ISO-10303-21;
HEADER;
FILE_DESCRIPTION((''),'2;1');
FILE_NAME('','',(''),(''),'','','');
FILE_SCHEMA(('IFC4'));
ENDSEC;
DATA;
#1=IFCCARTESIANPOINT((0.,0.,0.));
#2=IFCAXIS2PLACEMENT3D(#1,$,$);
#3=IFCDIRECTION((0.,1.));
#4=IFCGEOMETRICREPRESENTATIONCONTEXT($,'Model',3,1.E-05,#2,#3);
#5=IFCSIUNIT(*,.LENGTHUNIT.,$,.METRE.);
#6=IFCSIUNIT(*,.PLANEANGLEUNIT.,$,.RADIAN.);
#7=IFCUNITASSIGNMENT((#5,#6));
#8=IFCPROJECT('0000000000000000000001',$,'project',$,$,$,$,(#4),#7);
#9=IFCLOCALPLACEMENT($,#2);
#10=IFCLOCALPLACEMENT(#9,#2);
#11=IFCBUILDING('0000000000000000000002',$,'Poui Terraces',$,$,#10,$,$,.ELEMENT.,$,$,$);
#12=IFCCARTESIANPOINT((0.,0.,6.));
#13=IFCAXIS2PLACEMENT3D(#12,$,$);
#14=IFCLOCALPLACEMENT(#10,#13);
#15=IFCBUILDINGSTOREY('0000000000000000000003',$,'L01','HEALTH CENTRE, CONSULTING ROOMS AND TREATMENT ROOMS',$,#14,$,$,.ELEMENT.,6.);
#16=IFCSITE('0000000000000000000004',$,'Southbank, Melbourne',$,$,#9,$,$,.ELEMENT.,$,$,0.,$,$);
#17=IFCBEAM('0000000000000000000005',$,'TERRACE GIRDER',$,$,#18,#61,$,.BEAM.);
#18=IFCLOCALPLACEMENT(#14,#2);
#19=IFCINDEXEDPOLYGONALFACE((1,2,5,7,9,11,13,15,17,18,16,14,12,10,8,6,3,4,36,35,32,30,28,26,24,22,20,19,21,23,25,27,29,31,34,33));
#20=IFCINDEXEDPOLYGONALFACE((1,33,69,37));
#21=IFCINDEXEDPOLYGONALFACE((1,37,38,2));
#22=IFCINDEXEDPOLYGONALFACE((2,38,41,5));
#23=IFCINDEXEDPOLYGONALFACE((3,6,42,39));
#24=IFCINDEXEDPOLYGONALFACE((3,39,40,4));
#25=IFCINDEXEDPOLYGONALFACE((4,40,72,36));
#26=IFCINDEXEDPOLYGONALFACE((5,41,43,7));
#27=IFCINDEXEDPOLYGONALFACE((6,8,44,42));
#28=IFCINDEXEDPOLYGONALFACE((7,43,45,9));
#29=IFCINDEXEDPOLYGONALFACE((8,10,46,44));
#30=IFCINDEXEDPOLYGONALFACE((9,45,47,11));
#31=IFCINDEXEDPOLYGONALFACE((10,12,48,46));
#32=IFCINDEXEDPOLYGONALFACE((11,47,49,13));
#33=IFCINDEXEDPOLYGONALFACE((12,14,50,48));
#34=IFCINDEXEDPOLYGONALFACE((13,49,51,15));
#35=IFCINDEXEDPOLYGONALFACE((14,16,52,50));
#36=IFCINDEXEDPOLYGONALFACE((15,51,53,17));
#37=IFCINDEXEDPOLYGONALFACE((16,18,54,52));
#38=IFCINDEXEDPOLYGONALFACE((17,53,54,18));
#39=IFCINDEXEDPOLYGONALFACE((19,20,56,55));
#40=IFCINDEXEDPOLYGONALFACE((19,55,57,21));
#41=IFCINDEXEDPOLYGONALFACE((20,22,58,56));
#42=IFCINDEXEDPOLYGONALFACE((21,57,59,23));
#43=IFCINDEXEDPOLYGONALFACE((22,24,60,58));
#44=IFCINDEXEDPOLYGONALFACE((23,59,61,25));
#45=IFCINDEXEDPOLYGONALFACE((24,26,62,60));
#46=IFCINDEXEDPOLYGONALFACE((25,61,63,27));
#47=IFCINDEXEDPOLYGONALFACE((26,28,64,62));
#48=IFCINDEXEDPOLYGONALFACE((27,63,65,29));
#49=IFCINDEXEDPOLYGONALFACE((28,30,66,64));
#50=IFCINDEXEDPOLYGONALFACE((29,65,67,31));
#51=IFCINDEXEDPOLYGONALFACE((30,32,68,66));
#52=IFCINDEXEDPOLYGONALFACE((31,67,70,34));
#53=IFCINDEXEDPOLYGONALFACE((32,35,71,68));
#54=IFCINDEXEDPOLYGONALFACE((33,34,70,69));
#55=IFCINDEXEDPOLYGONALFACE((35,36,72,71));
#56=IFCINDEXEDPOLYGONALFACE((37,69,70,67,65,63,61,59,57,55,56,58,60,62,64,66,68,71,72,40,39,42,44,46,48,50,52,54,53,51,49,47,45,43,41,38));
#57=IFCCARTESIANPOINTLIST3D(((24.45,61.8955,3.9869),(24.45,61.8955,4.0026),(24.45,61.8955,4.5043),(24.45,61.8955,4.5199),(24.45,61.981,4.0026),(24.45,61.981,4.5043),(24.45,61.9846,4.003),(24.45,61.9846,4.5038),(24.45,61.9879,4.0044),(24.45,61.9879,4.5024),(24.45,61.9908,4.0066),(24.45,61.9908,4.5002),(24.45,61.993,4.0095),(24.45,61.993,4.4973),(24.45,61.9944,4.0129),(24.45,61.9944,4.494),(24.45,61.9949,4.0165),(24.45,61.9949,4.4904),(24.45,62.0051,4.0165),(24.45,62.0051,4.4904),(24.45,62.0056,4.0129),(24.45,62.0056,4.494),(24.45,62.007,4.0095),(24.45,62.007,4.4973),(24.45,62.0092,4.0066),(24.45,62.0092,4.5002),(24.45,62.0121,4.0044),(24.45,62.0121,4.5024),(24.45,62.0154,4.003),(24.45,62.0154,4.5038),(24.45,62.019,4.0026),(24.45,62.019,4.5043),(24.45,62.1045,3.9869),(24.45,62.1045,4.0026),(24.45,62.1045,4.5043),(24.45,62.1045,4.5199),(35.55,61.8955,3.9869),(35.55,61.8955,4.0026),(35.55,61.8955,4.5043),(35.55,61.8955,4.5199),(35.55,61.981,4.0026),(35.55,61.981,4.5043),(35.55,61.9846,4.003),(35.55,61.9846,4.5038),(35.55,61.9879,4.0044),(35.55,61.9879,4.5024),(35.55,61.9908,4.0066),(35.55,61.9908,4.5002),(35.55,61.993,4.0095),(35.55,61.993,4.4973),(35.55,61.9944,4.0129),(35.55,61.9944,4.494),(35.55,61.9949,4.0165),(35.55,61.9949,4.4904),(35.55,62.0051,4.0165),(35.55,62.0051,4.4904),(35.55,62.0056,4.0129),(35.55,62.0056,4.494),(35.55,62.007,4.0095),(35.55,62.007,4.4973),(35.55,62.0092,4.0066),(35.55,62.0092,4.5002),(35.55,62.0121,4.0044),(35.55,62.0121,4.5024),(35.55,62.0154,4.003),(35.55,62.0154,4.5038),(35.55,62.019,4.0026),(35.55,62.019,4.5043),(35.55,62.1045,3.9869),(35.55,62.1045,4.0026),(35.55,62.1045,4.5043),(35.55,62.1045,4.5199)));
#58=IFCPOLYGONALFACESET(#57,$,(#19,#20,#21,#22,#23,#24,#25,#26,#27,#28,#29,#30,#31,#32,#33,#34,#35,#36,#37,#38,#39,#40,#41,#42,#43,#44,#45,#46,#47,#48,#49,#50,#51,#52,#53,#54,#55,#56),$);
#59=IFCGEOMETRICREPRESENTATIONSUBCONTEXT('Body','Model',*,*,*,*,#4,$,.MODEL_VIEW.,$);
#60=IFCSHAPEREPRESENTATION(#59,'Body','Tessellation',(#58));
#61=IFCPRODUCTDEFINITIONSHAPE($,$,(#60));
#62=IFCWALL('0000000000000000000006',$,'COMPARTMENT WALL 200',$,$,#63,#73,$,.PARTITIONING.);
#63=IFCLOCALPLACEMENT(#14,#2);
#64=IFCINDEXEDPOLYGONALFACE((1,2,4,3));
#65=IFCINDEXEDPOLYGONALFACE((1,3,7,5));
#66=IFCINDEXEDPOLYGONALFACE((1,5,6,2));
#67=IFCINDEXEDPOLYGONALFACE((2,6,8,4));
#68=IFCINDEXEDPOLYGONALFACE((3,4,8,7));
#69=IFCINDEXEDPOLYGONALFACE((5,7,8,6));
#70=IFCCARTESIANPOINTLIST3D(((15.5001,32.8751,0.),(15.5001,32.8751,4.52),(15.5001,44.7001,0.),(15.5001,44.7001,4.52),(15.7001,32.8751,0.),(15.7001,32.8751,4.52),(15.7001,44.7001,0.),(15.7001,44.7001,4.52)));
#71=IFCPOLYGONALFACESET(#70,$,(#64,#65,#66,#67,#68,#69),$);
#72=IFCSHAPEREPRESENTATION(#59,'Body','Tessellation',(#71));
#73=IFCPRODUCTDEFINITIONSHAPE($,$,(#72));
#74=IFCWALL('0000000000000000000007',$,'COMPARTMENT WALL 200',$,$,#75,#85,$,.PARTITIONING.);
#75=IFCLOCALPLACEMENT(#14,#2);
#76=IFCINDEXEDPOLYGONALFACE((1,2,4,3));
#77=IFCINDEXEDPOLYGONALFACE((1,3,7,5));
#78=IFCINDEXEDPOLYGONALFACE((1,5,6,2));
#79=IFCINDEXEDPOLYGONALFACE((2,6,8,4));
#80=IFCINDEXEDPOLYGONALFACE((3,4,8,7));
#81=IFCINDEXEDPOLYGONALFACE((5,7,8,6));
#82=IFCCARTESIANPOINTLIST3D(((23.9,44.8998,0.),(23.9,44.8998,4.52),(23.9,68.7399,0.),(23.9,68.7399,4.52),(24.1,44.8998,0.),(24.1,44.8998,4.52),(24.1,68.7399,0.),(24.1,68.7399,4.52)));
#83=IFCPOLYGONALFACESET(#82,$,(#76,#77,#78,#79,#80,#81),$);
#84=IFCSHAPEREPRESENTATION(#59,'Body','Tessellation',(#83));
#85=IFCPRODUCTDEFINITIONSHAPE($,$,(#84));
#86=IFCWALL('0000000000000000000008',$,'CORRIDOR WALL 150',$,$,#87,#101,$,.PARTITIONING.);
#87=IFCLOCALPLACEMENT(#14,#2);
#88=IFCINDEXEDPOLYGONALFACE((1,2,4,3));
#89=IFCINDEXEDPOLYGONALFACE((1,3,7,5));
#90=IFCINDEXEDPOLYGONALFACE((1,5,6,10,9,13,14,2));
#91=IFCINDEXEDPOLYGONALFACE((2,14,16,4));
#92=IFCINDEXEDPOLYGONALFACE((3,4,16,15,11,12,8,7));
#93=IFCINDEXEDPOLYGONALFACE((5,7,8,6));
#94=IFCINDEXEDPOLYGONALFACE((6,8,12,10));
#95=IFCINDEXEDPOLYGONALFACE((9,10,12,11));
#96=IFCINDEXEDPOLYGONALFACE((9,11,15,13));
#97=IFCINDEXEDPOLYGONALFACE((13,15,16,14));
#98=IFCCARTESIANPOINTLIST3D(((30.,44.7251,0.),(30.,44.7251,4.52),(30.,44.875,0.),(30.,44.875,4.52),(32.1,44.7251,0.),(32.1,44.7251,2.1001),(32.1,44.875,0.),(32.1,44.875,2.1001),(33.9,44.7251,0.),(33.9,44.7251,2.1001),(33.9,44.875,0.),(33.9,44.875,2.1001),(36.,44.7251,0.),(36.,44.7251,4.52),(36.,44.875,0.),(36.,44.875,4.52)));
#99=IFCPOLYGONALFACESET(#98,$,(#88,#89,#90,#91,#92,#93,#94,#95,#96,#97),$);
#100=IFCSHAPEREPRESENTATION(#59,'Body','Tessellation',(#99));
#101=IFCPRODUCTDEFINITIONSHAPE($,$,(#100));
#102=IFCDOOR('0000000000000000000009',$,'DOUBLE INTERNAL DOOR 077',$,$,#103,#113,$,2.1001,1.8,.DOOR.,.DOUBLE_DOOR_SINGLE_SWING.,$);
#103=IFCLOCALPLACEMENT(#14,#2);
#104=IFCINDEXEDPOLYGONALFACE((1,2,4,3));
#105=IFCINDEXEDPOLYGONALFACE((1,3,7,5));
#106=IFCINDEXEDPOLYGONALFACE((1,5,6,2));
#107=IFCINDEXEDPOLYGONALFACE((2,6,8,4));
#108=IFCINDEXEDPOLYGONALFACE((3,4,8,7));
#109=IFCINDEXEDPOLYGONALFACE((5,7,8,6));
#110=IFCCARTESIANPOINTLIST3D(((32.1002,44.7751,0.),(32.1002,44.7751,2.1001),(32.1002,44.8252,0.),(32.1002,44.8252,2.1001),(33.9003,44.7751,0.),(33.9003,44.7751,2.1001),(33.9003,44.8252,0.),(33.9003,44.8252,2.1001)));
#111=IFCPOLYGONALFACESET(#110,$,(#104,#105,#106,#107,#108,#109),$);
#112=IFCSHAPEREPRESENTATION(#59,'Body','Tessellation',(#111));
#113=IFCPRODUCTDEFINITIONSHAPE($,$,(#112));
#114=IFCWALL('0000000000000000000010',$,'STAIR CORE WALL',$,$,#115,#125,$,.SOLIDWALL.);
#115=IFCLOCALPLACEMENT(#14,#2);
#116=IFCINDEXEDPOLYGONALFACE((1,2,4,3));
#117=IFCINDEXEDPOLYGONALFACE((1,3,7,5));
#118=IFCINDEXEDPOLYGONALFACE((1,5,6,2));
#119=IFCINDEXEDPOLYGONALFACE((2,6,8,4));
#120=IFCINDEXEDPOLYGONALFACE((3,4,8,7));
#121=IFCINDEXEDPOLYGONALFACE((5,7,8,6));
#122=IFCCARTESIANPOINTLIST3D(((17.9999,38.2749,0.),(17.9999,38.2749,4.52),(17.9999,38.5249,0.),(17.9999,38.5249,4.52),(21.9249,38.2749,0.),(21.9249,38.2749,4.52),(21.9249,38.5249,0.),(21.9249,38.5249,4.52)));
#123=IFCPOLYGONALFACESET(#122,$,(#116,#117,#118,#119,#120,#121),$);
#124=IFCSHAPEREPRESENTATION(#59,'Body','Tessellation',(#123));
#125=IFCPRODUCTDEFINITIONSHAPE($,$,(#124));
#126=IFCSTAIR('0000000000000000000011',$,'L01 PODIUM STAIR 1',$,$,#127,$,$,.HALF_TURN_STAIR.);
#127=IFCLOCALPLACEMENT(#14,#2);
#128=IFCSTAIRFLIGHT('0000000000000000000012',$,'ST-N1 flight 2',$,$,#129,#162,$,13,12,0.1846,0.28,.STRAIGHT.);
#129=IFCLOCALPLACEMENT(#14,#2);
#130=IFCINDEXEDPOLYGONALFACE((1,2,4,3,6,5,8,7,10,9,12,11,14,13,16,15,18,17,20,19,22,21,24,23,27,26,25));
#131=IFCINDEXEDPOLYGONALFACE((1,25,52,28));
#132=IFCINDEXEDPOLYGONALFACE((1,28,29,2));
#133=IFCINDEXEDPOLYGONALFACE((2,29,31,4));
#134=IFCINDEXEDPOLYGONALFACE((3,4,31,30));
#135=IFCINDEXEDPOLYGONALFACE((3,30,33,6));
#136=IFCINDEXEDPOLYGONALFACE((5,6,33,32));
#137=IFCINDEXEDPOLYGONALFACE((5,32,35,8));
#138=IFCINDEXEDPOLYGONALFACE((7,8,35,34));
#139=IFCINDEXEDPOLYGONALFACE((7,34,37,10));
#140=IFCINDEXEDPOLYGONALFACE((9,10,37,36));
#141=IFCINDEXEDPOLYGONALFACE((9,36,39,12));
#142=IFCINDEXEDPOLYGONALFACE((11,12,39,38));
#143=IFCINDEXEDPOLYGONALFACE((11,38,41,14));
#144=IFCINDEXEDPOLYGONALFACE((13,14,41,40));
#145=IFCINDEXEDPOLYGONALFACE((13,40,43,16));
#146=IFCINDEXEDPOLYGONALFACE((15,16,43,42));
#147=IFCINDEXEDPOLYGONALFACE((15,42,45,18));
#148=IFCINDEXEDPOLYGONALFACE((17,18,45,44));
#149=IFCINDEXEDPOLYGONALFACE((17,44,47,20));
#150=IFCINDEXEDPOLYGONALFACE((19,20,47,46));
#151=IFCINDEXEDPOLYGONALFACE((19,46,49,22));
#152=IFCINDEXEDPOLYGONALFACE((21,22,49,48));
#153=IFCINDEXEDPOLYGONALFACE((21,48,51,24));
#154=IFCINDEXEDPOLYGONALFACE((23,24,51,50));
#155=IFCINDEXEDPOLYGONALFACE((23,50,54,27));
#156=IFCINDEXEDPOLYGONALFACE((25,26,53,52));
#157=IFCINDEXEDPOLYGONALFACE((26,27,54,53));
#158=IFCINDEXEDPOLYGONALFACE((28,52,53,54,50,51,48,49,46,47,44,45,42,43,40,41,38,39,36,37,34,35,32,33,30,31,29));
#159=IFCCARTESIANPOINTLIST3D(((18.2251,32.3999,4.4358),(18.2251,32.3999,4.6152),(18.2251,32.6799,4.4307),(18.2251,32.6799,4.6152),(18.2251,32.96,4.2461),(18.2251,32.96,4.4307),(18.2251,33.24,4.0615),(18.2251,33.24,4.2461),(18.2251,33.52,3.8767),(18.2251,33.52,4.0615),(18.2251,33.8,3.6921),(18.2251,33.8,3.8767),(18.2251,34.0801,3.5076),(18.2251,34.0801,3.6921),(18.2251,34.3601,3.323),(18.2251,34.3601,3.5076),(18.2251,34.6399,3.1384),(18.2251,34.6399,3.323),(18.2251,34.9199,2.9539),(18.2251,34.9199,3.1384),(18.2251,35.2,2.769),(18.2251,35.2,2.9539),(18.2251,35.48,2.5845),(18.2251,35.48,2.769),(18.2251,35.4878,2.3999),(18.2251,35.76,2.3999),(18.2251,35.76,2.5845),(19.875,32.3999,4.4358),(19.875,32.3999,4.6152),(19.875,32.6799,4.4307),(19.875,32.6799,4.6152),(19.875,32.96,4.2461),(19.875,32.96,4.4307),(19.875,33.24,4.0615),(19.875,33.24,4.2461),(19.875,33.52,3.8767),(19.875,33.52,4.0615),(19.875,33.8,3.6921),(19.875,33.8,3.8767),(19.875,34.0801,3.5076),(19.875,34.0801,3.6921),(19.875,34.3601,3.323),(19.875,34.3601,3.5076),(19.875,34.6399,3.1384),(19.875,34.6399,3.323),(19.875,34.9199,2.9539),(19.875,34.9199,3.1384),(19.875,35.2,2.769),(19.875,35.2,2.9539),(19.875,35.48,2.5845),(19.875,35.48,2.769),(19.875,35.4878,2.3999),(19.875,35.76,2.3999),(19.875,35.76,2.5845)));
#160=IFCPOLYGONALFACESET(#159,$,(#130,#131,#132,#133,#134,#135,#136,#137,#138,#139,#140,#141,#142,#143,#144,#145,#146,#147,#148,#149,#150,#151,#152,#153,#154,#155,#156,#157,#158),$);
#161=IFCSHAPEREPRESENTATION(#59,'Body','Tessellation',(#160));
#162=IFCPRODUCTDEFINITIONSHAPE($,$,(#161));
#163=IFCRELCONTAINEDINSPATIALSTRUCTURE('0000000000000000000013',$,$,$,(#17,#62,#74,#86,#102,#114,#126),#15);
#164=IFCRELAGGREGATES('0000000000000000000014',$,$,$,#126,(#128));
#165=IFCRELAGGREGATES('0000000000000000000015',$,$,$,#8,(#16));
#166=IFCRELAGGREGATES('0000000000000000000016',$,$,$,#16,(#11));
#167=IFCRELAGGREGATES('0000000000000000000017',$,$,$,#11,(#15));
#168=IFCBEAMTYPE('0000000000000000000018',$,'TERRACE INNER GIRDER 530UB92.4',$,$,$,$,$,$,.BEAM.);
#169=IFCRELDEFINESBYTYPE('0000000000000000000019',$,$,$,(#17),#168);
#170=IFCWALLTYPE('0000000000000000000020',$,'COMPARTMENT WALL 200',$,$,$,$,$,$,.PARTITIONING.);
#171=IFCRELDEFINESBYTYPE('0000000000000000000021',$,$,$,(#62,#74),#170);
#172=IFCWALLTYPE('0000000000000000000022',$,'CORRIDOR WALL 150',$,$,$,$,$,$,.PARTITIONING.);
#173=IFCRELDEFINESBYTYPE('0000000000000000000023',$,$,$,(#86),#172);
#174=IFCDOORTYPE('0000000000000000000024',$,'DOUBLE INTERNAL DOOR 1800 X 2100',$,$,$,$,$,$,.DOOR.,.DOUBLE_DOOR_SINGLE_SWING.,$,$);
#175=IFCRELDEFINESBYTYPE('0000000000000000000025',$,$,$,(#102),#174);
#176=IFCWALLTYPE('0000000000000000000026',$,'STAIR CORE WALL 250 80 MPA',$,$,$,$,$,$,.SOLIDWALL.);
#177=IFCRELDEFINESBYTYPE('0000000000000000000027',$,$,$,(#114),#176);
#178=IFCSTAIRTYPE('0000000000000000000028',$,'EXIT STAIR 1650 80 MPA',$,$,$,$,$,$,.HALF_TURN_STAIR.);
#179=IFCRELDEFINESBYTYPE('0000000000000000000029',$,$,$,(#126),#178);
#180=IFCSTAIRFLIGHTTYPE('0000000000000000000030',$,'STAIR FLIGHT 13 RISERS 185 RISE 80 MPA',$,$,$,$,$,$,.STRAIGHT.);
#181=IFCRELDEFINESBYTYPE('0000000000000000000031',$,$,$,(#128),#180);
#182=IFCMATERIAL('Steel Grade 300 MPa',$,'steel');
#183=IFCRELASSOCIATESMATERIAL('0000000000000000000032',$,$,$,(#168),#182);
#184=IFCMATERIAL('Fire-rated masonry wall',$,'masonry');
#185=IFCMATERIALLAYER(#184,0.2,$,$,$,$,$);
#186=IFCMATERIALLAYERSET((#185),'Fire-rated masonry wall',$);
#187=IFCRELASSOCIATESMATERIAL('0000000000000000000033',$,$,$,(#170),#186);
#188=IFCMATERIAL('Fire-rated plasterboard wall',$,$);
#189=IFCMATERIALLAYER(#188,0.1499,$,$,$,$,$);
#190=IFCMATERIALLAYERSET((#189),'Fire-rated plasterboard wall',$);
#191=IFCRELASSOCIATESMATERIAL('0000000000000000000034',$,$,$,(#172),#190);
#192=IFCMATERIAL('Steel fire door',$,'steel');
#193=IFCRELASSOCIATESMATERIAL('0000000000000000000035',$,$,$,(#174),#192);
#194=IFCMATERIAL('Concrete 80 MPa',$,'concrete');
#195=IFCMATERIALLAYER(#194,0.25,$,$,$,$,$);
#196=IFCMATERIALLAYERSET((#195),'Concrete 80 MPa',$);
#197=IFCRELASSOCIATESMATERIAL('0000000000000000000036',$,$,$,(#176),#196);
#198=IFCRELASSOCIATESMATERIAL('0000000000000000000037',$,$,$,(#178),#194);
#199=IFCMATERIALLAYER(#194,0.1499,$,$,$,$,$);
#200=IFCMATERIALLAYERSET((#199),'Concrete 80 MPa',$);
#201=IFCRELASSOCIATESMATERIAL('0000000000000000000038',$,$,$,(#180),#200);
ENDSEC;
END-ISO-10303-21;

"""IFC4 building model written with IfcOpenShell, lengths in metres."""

from ifc_helpers import new_model, si_unit, direction, frame, frame_2d, origin, origin_2d, place, context, subcontext, project, spatial, polyline, rectangle, i_section, outline, extrude, source, transform, mapped, material, layer, layer_set, material_profile, profile_set, type_object, element, fill, aggregate, save


model = new_model("IFC4")

# Units and contexts
model_context = context("Model", 3, precision=1e-05, world=origin(), true_north=direction((0.0, 1.0)))
body_context = subcontext(model_context, "Body", "Model", "MODEL_VIEW")
ifc_project = project(units=[si_unit("LENGTHUNIT", "METRE"), si_unit("PLANEANGLEUNIT", "RADIAN")], contexts=[model_context])

# Site, building, storey
site_placement = place(None, origin())
site = spatial("IfcSite", under=ifc_project, at=site_placement, Name="Southbank, Melbourne", CompositionType="ELEMENT", RefElevation=0.0)
building_placement = place(site_placement, origin())
building = spatial("IfcBuilding", under=site, at=building_placement, Name="Poui Terraces", CompositionType="ELEMENT")
storey_placement = place(building_placement, frame((0.0, 0.0, 6.0)))
storey = spatial("IfcBuildingStorey", under=building, at=storey_placement, Name="L01", Description="HEALTH CENTRE, CONSULTING ROOMS AND TREATMENT ROOMS", CompositionType="ELEMENT", Elevation=6.0)

# Shared definitions
ifc_material_1 = material(Name="Concrete 80 MPa", Category="concrete")

# Beam
ifc_material_2 = material(Name="Steel Grade 300 MPa", Category="steel")
ifc_material_profile_1 = material_profile(ifc_material_2, i_section(OverallWidth=0.209, OverallDepth=0.533, WebThickness=0.0103, FlangeThickness=0.0156, FilletRadius=0.0139, at=origin_2d()), Name="530UB92.4")
ifc_profile_set_1 = profile_set([ifc_material_profile_1], Name="Steel Grade 300 MPa")
beam_type_1 = type_object("IfcBeamType", Name="TERRACE INNER GIRDER 530UB92.4", PredefinedType="BEAM", material=ifc_profile_set_1)
shared_shape_1 = source(origin(), body_context, "Body", "SweptSolid", [
    extrude(i_section(OverallWidth=0.209, OverallDepth=0.533, WebThickness=0.0103, FlangeThickness=0.0156, FilletRadius=0.0139, at=origin_2d()), origin(), (0.0, 0.0, 1.0), 11.1001),
])
beam_placement = place(storey_placement, frame((24.45, 62.0, 4.2534), z_axis=(1.0, 0.0, 0.0), x_axis=(0.0, 1.0, 0.0)))
element("IfcBeam", 1, at=beam_placement, inside=storey, type_object=beam_type_1, Name="TERRACE GIRDER", PredefinedType="BEAM", context=body_context, shape_type="MappedRepresentation", body=[
    mapped(shared_shape_1, transform((0.0, 0.0, 0.0))),
])

# Walls
ifc_material_3 = material(Name="Fire-rated masonry wall", Category="masonry")
ifc_layer_1 = layer(ifc_material_3, 0.2)
ifc_layer_set_1 = layer_set([ifc_layer_1], Name="Fire-rated masonry wall")
wall_type_1 = type_object("IfcWallType", Name="COMPARTMENT WALL 200", PredefinedType="PARTITIONING", material=ifc_layer_set_1)
wall_1_placement = place(storey_placement, frame((15.6001, 32.875, 0.0), z_axis=(0.0, 0.0, 1.0), x_axis=(0.0, 1.0, 0.0)))
element("IfcWall", 2, at=wall_1_placement, inside=storey, type_object=wall_type_1, Name="COMPARTMENT WALL 200", PredefinedType="PARTITIONING", context=body_context, shape_type="SweptSolid", body=[
    extrude(rectangle(XDim=11.825, YDim=0.2, at=frame_2d((5.9126, 0.0))), origin(), (0.0, 0.0, 1.0), 4.52),
])
wall_2_placement = place(storey_placement, frame((24.0, 44.8999, 0.0), z_axis=(0.0, 0.0, 1.0), x_axis=(0.0, 1.0, 0.0)))
element("IfcWall", 3, at=wall_2_placement, inside=storey, type_object=wall_type_1, Name="COMPARTMENT WALL 200", PredefinedType="PARTITIONING", context=body_context, shape_type="SweptSolid", body=[
    extrude(rectangle(XDim=23.8401, YDim=0.2, at=frame_2d((11.9199, 0.0))), origin(), (0.0, 0.0, 1.0), 4.52),
])

# Wall, opening, door
ifc_material_4 = material(Name="Fire-rated plasterboard wall")
ifc_layer_2 = layer(ifc_material_4, 0.1499)
ifc_layer_set_2 = layer_set([ifc_layer_2], Name="Fire-rated plasterboard wall")
wall_type_2 = type_object("IfcWallType", Name="CORRIDOR WALL 150", PredefinedType="PARTITIONING", material=ifc_layer_set_2)
wall_3_placement = place(storey_placement, frame((30.0, 44.8, 0.0), z_axis=(0.0, 0.0, 1.0), x_axis=(1.0, 0.0, 0.0)))
wall_3 = element("IfcWall", 4, at=wall_3_placement, inside=storey, type_object=wall_type_2, Name="CORRIDOR WALL 150", PredefinedType="PARTITIONING", context=body_context, shape_type="SweptSolid", body=[
    extrude(rectangle(XDim=6.0, YDim=0.1499, at=frame_2d((3.0, 0.0))), origin(), (0.0, 0.0, 1.0), 4.52),
])
opening_placement = place(wall_3_placement, frame((2.1001, 0.0, 0.0)))
opening = element("IfcOpeningElement", 5, at=opening_placement, cuts=wall_3, PredefinedType="OPENING", context=body_context, shape_type="SweptSolid", body=[
    extrude(rectangle(XDim=1.8, YDim=2.1001, at=frame_2d((0.8999, 1.05))), frame((0.0, 0.085, 0.0), z_axis=(0.0, -1.0, 0.0), x_axis=(1.0, 0.0, 0.0)), (0.0, 0.0, 1.0), 0.1699),
])
ifc_material_5 = material(Name="Steel fire door", Category="steel")
door_type = type_object("IfcDoorType", Name="DOUBLE INTERNAL DOOR 1800 X 2100", OperationType="DOUBLE_DOOR_SINGLE_SWING", PredefinedType="DOOR", material=ifc_material_5)
door_placement = place(opening_placement, frame((1.8, 0.0, 0.0), z_axis=(0.0, 0.0, 1.0), x_axis=(-1.0, 0.0, 0.0)))
door = element("IfcDoor", 6, at=door_placement, inside=storey, type_object=door_type, Name="DOUBLE INTERNAL DOOR 077", OperationType="DOUBLE_DOOR_SINGLE_SWING", OverallHeight=2.1001, OverallWidth=1.8, PredefinedType="DOOR", context=body_context, shape_type="SweptSolid", body=[
    extrude(rectangle(XDim=1.8, YDim=2.1001, at=frame_2d((0.8999, 1.05))), frame((0.0, 0.0249, 0.0), z_axis=(0.0, -1.0, 0.0), x_axis=(1.0, 0.0, 0.0)), (0.0, 0.0, 1.0), 0.05),
])
fill(opening, door)

# Wall
ifc_layer_3 = layer(ifc_material_1, 0.25)
ifc_layer_set_3 = layer_set([ifc_layer_3], Name="Concrete 80 MPa")
wall_type_3 = type_object("IfcWallType", Name="STAIR CORE WALL 250 80 MPA", PredefinedType="SOLIDWALL", material=ifc_layer_set_3)
wall_4_placement = place(storey_placement, frame((18.0, 38.3999, 0.0), z_axis=(0.0, 0.0, 1.0), x_axis=(1.0, 0.0, 0.0)))
element("IfcWall", 7, at=wall_4_placement, inside=storey, type_object=wall_type_3, Name="STAIR CORE WALL", PredefinedType="SOLIDWALL", context=body_context, shape_type="SweptSolid", body=[
    extrude(rectangle(XDim=3.925, YDim=0.25, at=frame_2d((1.9624, 0.0))), origin(), (0.0, 0.0, 1.0), 4.52),
])

# Stair, stair flight
stair_type = type_object("IfcStairType", Name="EXIT STAIR 1650 80 MPA", PredefinedType="HALF_TURN_STAIR", material=ifc_material_1)
stair_placement = place(storey_placement, origin())
stair = element("IfcStair", 8, at=stair_placement, inside=storey, type_object=stair_type, Name="L01 PODIUM STAIR 1", PredefinedType="HALF_TURN_STAIR")
ifc_layer_4 = layer(ifc_material_1, 0.1499)
ifc_layer_set_4 = layer_set([ifc_layer_4], Name="Concrete 80 MPa")
stair_flight_type = type_object("IfcStairFlightType", Name="STAIR FLIGHT 13 RISERS 185 RISE 80 MPA", PredefinedType="STRAIGHT", material=ifc_layer_set_4)
stair_flight_placement = place(storey_placement, frame((19.05, 35.76, 2.3999), z_axis=(0.0, 0.0, 1.0), x_axis=(0.0, -1.0, 0.0)))
stair_flight = element("IfcStairFlight", 9, at=stair_flight_placement, type_object=stair_flight_type, Name="ST-N1 flight 2", NumberOfRisers=13, NumberOfTreads=12, PredefinedType="STRAIGHT", RiserHeight=0.1846, TreadLength=0.28, context=body_context, shape_type="SweptSolid", body=[
    extrude(outline(polyline([(0.0, 0.0), (0.0, 0.1846), (0.28, 0.1846), (0.28, 0.3691), (0.5601, 0.3691), (0.5601, 0.554), (0.8401, 0.554), (0.8401, 0.7385), (1.1201, 0.7385), (1.1201, 0.9231), (1.3999, 0.9231), (1.3999, 1.1077), (1.6799, 1.1077), (1.6799, 1.2922), (1.96, 1.2922), (1.96, 1.4768), (2.24, 1.4768), (2.24, 1.6616), (2.52, 1.6616), (2.52, 1.8462), (2.8, 1.8462), (2.8, 2.0308), (3.0801, 2.0308), (3.0801, 2.2153), (3.3601, 2.2153), (3.3601, 2.3999), (3.3601, 2.0359), (0.2722, 0.0), (0.0, 0.0)])), frame((0.0, 0.825, 0.0), z_axis=(0.0, -1.0, 0.0), x_axis=(1.0, 0.0, 0.0)), (0.0, 0.0, 1.0), 1.6499),
])
aggregate(stair, [stair_flight])

save(model, "model.ifc")
